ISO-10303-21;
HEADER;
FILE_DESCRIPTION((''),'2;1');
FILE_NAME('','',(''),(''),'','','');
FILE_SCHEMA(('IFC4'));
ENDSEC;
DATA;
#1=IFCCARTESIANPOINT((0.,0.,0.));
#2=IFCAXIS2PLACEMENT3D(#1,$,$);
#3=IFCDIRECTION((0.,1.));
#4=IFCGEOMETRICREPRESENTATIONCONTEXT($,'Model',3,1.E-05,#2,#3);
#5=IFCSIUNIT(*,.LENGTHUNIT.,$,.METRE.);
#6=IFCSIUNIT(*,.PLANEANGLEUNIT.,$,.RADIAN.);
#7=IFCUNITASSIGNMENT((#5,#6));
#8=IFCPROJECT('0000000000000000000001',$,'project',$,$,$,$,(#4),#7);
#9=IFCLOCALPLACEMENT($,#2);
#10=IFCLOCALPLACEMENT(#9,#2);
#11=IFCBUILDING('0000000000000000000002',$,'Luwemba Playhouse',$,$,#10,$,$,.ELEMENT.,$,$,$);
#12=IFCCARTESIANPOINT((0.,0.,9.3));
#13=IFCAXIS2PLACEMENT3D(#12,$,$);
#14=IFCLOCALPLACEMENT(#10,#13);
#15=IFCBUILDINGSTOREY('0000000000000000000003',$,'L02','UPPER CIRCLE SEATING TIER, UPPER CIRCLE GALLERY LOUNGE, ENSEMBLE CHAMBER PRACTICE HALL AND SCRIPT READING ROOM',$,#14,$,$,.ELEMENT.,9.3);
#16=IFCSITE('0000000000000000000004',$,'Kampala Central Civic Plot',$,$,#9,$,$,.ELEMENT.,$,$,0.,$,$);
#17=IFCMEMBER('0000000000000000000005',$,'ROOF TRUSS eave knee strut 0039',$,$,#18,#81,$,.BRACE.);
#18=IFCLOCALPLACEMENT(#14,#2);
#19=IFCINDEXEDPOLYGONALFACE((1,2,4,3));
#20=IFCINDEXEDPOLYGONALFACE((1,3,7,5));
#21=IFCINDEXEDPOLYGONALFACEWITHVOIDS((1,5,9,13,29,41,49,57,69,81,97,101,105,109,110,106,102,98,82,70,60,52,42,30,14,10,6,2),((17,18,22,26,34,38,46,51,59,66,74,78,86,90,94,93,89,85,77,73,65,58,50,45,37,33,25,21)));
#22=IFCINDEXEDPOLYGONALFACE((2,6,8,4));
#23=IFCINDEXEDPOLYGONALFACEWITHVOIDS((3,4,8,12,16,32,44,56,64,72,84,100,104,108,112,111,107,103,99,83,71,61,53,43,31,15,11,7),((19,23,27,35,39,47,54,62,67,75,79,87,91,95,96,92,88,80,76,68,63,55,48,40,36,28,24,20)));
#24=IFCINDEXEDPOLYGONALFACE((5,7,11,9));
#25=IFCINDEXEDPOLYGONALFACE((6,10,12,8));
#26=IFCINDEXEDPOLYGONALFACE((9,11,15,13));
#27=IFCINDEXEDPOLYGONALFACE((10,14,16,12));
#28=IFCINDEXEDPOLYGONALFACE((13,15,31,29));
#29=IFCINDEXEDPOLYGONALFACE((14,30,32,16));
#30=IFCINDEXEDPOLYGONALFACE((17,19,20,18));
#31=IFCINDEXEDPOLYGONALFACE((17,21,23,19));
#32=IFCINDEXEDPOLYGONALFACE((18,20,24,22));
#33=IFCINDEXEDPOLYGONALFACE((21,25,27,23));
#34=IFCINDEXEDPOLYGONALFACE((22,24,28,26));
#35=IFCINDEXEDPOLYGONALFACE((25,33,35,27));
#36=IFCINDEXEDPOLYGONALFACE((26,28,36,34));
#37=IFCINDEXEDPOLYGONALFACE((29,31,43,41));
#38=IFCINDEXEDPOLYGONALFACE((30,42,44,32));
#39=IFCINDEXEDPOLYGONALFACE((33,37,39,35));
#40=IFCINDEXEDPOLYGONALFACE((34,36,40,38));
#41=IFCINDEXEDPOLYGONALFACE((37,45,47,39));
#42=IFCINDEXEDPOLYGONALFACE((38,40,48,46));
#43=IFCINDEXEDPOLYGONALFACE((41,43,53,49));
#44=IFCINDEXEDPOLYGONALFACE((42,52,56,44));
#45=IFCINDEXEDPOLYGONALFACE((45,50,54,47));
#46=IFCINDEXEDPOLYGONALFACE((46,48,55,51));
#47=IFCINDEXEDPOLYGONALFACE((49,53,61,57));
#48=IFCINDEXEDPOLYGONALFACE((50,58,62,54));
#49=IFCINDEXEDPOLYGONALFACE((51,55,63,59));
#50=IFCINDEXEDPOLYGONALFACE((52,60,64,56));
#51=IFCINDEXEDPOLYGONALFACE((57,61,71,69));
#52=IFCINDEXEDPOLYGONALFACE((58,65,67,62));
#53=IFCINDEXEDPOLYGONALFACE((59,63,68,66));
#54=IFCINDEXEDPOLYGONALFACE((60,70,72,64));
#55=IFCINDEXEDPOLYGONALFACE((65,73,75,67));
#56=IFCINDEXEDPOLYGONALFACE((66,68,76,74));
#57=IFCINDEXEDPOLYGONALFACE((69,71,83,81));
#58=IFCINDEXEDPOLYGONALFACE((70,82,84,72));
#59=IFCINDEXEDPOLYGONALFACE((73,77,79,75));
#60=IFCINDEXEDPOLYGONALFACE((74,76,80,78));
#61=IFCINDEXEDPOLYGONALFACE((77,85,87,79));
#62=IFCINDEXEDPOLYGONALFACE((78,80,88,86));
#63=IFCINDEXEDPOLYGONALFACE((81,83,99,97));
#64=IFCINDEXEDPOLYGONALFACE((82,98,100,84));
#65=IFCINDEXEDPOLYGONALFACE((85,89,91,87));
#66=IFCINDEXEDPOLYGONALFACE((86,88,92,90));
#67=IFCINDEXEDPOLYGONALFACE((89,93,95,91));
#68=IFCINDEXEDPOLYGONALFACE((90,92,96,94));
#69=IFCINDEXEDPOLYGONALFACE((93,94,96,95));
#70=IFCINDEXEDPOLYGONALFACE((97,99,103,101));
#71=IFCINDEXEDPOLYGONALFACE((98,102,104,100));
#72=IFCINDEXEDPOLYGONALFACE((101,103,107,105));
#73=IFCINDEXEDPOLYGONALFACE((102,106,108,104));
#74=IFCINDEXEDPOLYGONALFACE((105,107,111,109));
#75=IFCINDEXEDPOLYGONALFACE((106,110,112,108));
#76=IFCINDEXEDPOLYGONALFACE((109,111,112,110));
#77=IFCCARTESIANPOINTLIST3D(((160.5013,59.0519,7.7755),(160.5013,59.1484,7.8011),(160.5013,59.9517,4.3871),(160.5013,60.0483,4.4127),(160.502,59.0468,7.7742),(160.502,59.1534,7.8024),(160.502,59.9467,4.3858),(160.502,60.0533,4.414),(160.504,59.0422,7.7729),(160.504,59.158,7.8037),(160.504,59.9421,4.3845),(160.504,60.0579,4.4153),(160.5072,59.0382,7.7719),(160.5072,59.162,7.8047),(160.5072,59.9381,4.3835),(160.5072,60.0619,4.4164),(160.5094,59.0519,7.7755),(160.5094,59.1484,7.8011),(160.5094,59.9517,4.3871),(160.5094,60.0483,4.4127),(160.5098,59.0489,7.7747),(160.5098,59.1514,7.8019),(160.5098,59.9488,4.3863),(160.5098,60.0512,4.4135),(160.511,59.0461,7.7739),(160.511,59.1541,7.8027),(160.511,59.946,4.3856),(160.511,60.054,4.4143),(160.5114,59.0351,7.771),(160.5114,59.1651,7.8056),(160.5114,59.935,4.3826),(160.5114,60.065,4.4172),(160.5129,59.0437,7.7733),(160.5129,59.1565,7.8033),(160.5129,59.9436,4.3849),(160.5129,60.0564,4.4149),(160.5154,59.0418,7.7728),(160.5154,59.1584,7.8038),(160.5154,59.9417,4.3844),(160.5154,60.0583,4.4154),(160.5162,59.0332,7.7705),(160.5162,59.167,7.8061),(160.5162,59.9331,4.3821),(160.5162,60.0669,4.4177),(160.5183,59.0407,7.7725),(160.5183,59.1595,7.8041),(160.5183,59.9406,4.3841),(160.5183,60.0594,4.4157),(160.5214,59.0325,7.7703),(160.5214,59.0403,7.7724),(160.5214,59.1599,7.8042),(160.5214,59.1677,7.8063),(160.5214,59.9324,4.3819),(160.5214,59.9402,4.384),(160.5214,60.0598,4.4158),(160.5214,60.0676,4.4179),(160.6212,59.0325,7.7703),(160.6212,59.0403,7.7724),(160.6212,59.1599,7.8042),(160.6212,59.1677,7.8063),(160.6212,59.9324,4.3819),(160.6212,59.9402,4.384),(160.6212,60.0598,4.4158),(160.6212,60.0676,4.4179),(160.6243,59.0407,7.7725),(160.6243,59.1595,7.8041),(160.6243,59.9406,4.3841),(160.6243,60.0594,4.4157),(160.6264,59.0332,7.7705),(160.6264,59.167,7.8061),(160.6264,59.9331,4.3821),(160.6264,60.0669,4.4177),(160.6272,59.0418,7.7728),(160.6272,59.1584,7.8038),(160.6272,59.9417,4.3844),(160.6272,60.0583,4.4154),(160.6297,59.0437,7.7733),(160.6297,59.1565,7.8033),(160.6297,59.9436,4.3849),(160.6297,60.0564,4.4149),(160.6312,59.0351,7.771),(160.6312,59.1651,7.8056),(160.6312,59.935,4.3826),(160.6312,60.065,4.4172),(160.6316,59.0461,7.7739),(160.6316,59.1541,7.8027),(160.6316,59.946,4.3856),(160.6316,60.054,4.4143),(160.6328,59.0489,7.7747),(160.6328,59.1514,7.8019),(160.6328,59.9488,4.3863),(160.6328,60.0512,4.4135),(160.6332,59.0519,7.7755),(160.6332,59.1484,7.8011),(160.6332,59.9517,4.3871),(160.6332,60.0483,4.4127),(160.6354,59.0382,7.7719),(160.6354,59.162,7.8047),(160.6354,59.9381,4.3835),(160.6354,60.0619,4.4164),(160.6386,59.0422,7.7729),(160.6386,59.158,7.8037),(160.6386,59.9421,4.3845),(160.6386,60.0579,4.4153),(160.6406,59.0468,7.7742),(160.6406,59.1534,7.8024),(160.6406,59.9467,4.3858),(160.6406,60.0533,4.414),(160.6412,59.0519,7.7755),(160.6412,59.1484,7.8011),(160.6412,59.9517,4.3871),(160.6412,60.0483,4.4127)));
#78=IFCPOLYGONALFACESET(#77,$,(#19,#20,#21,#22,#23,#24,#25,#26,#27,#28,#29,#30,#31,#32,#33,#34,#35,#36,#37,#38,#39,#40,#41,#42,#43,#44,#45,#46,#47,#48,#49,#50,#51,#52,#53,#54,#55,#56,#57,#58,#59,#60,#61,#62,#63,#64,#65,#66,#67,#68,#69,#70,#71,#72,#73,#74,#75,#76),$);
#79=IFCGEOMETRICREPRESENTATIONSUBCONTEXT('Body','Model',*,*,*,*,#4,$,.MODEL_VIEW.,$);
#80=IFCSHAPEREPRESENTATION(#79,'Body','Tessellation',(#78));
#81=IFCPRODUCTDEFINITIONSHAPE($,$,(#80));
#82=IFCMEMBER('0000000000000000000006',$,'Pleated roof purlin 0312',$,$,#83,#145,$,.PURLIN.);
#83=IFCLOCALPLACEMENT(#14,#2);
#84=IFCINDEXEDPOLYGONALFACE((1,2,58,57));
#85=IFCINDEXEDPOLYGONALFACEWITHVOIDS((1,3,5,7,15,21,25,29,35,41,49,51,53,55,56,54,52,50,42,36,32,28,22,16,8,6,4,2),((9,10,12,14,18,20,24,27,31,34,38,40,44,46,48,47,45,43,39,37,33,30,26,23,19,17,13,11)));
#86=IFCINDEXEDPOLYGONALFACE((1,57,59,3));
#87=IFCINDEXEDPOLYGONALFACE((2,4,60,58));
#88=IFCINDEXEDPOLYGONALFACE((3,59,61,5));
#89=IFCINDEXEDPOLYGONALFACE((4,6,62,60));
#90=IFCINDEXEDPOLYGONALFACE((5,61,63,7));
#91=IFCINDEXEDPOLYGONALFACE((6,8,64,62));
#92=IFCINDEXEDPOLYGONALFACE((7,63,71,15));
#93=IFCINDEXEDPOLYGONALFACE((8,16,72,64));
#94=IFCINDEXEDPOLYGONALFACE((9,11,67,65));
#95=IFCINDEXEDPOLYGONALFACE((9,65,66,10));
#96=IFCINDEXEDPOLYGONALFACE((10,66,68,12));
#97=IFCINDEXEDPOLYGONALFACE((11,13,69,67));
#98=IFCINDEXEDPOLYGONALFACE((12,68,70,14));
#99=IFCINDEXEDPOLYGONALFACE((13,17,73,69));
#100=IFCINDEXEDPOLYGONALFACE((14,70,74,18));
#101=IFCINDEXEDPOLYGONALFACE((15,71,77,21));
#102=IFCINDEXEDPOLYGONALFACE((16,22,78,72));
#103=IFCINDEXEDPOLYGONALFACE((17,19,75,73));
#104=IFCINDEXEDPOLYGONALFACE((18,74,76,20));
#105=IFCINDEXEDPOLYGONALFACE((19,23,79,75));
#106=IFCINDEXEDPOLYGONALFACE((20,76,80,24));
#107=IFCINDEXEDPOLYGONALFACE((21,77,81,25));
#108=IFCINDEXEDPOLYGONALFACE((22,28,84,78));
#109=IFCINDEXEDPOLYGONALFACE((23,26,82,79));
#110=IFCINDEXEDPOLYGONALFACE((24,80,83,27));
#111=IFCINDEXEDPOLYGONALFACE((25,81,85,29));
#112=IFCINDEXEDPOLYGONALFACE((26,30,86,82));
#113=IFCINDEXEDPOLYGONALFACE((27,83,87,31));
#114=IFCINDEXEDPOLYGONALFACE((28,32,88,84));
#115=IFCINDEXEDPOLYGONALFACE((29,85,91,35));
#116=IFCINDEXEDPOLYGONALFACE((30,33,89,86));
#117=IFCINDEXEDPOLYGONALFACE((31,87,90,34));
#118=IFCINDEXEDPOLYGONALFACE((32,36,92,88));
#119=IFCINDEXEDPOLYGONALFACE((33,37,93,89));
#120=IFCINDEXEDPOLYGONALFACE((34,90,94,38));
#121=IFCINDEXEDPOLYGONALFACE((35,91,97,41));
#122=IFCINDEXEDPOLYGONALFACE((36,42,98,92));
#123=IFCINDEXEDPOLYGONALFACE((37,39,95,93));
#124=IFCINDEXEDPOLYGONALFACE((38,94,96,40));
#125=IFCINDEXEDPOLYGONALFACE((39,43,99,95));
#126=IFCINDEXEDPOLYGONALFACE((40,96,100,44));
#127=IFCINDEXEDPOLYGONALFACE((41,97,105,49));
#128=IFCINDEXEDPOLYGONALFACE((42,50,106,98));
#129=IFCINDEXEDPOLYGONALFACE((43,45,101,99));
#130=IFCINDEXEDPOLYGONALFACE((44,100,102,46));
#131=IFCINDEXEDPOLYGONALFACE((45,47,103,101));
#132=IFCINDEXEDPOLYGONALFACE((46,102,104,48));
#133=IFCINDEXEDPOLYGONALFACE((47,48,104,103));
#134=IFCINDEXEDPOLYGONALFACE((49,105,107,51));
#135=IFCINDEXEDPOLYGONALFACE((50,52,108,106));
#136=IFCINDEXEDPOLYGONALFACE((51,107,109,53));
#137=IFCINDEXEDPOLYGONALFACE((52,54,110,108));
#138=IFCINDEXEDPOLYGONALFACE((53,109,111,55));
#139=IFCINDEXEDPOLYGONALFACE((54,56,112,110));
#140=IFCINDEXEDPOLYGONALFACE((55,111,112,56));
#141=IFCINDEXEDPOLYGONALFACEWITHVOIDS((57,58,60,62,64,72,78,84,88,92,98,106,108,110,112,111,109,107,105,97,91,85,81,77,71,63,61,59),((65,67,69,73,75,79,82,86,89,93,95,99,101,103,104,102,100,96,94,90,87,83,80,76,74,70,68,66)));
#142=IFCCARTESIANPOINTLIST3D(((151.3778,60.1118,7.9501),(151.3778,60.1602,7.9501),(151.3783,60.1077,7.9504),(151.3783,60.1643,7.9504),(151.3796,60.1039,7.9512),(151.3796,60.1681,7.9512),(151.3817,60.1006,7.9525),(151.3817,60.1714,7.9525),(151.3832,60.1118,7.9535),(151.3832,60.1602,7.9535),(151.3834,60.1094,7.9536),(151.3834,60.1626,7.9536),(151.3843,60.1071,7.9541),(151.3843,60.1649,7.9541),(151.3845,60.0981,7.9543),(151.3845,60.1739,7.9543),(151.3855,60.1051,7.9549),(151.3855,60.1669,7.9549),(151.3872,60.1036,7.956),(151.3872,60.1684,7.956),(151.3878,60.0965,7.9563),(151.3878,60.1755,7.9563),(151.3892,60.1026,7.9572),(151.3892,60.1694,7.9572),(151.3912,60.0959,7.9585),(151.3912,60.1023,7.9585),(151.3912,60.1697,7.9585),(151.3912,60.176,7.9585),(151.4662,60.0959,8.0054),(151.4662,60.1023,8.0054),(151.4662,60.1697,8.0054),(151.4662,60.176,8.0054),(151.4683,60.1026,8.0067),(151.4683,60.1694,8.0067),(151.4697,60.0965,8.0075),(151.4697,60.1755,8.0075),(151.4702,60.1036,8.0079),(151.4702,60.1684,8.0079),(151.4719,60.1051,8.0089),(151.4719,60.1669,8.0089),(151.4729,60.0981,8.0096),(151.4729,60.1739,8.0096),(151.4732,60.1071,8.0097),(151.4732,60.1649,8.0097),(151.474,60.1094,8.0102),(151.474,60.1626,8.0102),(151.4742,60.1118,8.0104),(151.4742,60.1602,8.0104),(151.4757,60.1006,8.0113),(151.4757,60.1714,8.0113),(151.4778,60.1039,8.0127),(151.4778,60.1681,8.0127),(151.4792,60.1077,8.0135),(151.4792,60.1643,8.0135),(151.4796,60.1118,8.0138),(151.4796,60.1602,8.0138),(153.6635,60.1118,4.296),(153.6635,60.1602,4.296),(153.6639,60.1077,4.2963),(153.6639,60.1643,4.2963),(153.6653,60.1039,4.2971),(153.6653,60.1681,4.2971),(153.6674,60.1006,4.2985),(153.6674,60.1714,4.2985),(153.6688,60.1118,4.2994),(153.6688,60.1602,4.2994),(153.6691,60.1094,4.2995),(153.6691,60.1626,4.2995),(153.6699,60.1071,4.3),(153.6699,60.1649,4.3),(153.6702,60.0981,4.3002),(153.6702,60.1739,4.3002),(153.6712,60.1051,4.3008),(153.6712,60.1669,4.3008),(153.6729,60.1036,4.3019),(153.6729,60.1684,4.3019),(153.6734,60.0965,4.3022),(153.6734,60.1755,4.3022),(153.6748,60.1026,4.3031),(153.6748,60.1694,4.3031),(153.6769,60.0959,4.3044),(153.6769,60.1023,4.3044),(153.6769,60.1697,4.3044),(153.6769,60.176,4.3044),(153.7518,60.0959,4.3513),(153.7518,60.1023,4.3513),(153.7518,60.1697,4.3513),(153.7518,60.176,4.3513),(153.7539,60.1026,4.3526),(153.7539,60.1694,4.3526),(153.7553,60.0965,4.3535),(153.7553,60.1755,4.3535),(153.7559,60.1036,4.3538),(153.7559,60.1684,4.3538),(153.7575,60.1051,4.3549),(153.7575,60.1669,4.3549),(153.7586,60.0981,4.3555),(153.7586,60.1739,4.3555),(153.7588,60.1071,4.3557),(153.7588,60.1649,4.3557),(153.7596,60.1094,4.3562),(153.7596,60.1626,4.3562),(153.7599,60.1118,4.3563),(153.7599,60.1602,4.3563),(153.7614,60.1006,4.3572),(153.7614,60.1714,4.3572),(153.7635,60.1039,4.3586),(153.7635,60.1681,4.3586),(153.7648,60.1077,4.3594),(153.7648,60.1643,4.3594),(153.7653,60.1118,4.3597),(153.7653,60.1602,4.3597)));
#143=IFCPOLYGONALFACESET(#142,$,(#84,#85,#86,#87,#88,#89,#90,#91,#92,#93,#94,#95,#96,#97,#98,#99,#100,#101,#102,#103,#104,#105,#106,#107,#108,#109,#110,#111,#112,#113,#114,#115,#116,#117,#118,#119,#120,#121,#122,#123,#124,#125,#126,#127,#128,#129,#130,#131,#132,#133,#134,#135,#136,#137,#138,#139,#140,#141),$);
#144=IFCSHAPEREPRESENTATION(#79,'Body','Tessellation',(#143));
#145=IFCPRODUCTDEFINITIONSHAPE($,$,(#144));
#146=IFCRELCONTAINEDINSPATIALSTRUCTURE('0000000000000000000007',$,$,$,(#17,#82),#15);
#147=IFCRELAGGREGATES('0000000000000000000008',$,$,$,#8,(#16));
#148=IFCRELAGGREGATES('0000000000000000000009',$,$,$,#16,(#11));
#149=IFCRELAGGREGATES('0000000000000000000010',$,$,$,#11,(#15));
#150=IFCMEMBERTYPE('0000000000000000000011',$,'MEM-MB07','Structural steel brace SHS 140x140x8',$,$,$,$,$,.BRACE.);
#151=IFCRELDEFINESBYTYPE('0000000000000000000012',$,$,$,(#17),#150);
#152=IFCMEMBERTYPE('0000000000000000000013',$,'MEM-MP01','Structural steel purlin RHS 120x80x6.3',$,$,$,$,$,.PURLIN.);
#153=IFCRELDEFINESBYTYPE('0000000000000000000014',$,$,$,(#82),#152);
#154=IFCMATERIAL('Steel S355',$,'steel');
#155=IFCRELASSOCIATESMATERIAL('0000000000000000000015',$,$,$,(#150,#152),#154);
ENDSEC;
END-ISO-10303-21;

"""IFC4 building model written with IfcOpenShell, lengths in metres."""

from ifc_helpers import new_model, si_unit, direction, frame, origin, origin_2d, place, context, subcontext, project, spatial, hollow_rectangle, extrude, material, material_profile, profile_set, type_object, element, save


model = new_model("IFC4")

# Units and contexts
model_context = context("Model", 3, precision=1e-05, world=origin(), true_north=direction((0.0, 1.0)))
body_context = subcontext(model_context, "Body", "Model", "MODEL_VIEW")
ifc_project = project(units=[si_unit("LENGTHUNIT", "METRE"), si_unit("PLANEANGLEUNIT", "RADIAN")], contexts=[model_context])

# Site, building, storey
site_placement = place(None, origin())
site = spatial("IfcSite", under=ifc_project, at=site_placement, Name="Kampala Central Civic Plot", CompositionType="ELEMENT", RefElevation=0.0)
building_placement = place(site_placement, origin())
building = spatial("IfcBuilding", under=site, at=building_placement, Name="Luwemba Playhouse", CompositionType="ELEMENT")
storey_placement = place(building_placement, frame((0.0, 0.0, 9.3)))
storey = spatial("IfcBuildingStorey", under=building, at=storey_placement, Name="L02", Description="UPPER CIRCLE SEATING TIER, UPPER CIRCLE GALLERY LOUNGE, ENSEMBLE CHAMBER PRACTICE HALL AND SCRIPT READING ROOM", CompositionType="ELEMENT", Elevation=9.3)

# Shared definitions
ifc_material_1 = material(Name="Steel S355", Category="steel")

# Members
ifc_material_profile_1 = material_profile(ifc_material_1, hollow_rectangle(XDim=0.1399, YDim=0.1399, WallThickness=0.0081, InnerFilletRadius=0.012, OuterFilletRadius=0.02, at=origin_2d()))
ifc_profile_set_1 = profile_set([ifc_material_profile_1], Name="Steel S355")
member_type_1 = type_object("IfcMemberType", Name="MEM-MB07", Description="Structural steel brace SHS 140x140x8", PredefinedType="BRACE", material=ifc_profile_set_1)
member_1_placement = place(storey_placement, frame((160.5713, 60.0, 4.3999), z_axis=(0.0, -0.256683, 0.966496), x_axis=(1.0, 0.0, 0.0)))
element("IfcMember", 1, at=member_1_placement, inside=storey, type_object=member_type_1, Name="ROOF TRUSS eave knee strut 0039", PredefinedType="BRACE", context=body_context, shape_type="SweptSolid", body=[
    extrude(hollow_rectangle(XDim=0.1399, YDim=0.1399, WallThickness=0.0081, InnerFilletRadius=0.012, OuterFilletRadius=0.02, at=origin_2d()), origin(), (0.0, 0.0, 1.0), 3.5059),
])
ifc_material_profile_2 = material_profile(ifc_material_1, hollow_rectangle(XDim=0.0801, YDim=0.1201, WallThickness=0.0063, InnerFilletRadius=0.0095, OuterFilletRadius=0.0159, at=origin_2d()))
ifc_profile_set_2 = profile_set([ifc_material_profile_2], Name="Steel S355")
member_type_2 = type_object("IfcMemberType", Name="MEM-MP01", Description="Structural steel purlin RHS 120x80x6.3", PredefinedType="PURLIN", material=ifc_profile_set_2)
member_2_placement = place(storey_placement, frame((151.4287, 60.136, 7.9819), z_axis=(0.530309, 0.0, -0.847804), x_axis=(0.0, 1.0, 0.0)))
element("IfcMember", 2, at=member_2_placement, inside=storey, type_object=member_type_2, Name="Pleated roof purlin 0312", PredefinedType="PURLIN", context=body_context, shape_type="SweptSolid", body=[
    extrude(hollow_rectangle(XDim=0.0801, YDim=0.1201, WallThickness=0.0063, InnerFilletRadius=0.0095, OuterFilletRadius=0.0159, at=origin_2d()), origin(), (0.0, 0.0, 1.0), 4.3101),
])

save(model, "model.ifc")
